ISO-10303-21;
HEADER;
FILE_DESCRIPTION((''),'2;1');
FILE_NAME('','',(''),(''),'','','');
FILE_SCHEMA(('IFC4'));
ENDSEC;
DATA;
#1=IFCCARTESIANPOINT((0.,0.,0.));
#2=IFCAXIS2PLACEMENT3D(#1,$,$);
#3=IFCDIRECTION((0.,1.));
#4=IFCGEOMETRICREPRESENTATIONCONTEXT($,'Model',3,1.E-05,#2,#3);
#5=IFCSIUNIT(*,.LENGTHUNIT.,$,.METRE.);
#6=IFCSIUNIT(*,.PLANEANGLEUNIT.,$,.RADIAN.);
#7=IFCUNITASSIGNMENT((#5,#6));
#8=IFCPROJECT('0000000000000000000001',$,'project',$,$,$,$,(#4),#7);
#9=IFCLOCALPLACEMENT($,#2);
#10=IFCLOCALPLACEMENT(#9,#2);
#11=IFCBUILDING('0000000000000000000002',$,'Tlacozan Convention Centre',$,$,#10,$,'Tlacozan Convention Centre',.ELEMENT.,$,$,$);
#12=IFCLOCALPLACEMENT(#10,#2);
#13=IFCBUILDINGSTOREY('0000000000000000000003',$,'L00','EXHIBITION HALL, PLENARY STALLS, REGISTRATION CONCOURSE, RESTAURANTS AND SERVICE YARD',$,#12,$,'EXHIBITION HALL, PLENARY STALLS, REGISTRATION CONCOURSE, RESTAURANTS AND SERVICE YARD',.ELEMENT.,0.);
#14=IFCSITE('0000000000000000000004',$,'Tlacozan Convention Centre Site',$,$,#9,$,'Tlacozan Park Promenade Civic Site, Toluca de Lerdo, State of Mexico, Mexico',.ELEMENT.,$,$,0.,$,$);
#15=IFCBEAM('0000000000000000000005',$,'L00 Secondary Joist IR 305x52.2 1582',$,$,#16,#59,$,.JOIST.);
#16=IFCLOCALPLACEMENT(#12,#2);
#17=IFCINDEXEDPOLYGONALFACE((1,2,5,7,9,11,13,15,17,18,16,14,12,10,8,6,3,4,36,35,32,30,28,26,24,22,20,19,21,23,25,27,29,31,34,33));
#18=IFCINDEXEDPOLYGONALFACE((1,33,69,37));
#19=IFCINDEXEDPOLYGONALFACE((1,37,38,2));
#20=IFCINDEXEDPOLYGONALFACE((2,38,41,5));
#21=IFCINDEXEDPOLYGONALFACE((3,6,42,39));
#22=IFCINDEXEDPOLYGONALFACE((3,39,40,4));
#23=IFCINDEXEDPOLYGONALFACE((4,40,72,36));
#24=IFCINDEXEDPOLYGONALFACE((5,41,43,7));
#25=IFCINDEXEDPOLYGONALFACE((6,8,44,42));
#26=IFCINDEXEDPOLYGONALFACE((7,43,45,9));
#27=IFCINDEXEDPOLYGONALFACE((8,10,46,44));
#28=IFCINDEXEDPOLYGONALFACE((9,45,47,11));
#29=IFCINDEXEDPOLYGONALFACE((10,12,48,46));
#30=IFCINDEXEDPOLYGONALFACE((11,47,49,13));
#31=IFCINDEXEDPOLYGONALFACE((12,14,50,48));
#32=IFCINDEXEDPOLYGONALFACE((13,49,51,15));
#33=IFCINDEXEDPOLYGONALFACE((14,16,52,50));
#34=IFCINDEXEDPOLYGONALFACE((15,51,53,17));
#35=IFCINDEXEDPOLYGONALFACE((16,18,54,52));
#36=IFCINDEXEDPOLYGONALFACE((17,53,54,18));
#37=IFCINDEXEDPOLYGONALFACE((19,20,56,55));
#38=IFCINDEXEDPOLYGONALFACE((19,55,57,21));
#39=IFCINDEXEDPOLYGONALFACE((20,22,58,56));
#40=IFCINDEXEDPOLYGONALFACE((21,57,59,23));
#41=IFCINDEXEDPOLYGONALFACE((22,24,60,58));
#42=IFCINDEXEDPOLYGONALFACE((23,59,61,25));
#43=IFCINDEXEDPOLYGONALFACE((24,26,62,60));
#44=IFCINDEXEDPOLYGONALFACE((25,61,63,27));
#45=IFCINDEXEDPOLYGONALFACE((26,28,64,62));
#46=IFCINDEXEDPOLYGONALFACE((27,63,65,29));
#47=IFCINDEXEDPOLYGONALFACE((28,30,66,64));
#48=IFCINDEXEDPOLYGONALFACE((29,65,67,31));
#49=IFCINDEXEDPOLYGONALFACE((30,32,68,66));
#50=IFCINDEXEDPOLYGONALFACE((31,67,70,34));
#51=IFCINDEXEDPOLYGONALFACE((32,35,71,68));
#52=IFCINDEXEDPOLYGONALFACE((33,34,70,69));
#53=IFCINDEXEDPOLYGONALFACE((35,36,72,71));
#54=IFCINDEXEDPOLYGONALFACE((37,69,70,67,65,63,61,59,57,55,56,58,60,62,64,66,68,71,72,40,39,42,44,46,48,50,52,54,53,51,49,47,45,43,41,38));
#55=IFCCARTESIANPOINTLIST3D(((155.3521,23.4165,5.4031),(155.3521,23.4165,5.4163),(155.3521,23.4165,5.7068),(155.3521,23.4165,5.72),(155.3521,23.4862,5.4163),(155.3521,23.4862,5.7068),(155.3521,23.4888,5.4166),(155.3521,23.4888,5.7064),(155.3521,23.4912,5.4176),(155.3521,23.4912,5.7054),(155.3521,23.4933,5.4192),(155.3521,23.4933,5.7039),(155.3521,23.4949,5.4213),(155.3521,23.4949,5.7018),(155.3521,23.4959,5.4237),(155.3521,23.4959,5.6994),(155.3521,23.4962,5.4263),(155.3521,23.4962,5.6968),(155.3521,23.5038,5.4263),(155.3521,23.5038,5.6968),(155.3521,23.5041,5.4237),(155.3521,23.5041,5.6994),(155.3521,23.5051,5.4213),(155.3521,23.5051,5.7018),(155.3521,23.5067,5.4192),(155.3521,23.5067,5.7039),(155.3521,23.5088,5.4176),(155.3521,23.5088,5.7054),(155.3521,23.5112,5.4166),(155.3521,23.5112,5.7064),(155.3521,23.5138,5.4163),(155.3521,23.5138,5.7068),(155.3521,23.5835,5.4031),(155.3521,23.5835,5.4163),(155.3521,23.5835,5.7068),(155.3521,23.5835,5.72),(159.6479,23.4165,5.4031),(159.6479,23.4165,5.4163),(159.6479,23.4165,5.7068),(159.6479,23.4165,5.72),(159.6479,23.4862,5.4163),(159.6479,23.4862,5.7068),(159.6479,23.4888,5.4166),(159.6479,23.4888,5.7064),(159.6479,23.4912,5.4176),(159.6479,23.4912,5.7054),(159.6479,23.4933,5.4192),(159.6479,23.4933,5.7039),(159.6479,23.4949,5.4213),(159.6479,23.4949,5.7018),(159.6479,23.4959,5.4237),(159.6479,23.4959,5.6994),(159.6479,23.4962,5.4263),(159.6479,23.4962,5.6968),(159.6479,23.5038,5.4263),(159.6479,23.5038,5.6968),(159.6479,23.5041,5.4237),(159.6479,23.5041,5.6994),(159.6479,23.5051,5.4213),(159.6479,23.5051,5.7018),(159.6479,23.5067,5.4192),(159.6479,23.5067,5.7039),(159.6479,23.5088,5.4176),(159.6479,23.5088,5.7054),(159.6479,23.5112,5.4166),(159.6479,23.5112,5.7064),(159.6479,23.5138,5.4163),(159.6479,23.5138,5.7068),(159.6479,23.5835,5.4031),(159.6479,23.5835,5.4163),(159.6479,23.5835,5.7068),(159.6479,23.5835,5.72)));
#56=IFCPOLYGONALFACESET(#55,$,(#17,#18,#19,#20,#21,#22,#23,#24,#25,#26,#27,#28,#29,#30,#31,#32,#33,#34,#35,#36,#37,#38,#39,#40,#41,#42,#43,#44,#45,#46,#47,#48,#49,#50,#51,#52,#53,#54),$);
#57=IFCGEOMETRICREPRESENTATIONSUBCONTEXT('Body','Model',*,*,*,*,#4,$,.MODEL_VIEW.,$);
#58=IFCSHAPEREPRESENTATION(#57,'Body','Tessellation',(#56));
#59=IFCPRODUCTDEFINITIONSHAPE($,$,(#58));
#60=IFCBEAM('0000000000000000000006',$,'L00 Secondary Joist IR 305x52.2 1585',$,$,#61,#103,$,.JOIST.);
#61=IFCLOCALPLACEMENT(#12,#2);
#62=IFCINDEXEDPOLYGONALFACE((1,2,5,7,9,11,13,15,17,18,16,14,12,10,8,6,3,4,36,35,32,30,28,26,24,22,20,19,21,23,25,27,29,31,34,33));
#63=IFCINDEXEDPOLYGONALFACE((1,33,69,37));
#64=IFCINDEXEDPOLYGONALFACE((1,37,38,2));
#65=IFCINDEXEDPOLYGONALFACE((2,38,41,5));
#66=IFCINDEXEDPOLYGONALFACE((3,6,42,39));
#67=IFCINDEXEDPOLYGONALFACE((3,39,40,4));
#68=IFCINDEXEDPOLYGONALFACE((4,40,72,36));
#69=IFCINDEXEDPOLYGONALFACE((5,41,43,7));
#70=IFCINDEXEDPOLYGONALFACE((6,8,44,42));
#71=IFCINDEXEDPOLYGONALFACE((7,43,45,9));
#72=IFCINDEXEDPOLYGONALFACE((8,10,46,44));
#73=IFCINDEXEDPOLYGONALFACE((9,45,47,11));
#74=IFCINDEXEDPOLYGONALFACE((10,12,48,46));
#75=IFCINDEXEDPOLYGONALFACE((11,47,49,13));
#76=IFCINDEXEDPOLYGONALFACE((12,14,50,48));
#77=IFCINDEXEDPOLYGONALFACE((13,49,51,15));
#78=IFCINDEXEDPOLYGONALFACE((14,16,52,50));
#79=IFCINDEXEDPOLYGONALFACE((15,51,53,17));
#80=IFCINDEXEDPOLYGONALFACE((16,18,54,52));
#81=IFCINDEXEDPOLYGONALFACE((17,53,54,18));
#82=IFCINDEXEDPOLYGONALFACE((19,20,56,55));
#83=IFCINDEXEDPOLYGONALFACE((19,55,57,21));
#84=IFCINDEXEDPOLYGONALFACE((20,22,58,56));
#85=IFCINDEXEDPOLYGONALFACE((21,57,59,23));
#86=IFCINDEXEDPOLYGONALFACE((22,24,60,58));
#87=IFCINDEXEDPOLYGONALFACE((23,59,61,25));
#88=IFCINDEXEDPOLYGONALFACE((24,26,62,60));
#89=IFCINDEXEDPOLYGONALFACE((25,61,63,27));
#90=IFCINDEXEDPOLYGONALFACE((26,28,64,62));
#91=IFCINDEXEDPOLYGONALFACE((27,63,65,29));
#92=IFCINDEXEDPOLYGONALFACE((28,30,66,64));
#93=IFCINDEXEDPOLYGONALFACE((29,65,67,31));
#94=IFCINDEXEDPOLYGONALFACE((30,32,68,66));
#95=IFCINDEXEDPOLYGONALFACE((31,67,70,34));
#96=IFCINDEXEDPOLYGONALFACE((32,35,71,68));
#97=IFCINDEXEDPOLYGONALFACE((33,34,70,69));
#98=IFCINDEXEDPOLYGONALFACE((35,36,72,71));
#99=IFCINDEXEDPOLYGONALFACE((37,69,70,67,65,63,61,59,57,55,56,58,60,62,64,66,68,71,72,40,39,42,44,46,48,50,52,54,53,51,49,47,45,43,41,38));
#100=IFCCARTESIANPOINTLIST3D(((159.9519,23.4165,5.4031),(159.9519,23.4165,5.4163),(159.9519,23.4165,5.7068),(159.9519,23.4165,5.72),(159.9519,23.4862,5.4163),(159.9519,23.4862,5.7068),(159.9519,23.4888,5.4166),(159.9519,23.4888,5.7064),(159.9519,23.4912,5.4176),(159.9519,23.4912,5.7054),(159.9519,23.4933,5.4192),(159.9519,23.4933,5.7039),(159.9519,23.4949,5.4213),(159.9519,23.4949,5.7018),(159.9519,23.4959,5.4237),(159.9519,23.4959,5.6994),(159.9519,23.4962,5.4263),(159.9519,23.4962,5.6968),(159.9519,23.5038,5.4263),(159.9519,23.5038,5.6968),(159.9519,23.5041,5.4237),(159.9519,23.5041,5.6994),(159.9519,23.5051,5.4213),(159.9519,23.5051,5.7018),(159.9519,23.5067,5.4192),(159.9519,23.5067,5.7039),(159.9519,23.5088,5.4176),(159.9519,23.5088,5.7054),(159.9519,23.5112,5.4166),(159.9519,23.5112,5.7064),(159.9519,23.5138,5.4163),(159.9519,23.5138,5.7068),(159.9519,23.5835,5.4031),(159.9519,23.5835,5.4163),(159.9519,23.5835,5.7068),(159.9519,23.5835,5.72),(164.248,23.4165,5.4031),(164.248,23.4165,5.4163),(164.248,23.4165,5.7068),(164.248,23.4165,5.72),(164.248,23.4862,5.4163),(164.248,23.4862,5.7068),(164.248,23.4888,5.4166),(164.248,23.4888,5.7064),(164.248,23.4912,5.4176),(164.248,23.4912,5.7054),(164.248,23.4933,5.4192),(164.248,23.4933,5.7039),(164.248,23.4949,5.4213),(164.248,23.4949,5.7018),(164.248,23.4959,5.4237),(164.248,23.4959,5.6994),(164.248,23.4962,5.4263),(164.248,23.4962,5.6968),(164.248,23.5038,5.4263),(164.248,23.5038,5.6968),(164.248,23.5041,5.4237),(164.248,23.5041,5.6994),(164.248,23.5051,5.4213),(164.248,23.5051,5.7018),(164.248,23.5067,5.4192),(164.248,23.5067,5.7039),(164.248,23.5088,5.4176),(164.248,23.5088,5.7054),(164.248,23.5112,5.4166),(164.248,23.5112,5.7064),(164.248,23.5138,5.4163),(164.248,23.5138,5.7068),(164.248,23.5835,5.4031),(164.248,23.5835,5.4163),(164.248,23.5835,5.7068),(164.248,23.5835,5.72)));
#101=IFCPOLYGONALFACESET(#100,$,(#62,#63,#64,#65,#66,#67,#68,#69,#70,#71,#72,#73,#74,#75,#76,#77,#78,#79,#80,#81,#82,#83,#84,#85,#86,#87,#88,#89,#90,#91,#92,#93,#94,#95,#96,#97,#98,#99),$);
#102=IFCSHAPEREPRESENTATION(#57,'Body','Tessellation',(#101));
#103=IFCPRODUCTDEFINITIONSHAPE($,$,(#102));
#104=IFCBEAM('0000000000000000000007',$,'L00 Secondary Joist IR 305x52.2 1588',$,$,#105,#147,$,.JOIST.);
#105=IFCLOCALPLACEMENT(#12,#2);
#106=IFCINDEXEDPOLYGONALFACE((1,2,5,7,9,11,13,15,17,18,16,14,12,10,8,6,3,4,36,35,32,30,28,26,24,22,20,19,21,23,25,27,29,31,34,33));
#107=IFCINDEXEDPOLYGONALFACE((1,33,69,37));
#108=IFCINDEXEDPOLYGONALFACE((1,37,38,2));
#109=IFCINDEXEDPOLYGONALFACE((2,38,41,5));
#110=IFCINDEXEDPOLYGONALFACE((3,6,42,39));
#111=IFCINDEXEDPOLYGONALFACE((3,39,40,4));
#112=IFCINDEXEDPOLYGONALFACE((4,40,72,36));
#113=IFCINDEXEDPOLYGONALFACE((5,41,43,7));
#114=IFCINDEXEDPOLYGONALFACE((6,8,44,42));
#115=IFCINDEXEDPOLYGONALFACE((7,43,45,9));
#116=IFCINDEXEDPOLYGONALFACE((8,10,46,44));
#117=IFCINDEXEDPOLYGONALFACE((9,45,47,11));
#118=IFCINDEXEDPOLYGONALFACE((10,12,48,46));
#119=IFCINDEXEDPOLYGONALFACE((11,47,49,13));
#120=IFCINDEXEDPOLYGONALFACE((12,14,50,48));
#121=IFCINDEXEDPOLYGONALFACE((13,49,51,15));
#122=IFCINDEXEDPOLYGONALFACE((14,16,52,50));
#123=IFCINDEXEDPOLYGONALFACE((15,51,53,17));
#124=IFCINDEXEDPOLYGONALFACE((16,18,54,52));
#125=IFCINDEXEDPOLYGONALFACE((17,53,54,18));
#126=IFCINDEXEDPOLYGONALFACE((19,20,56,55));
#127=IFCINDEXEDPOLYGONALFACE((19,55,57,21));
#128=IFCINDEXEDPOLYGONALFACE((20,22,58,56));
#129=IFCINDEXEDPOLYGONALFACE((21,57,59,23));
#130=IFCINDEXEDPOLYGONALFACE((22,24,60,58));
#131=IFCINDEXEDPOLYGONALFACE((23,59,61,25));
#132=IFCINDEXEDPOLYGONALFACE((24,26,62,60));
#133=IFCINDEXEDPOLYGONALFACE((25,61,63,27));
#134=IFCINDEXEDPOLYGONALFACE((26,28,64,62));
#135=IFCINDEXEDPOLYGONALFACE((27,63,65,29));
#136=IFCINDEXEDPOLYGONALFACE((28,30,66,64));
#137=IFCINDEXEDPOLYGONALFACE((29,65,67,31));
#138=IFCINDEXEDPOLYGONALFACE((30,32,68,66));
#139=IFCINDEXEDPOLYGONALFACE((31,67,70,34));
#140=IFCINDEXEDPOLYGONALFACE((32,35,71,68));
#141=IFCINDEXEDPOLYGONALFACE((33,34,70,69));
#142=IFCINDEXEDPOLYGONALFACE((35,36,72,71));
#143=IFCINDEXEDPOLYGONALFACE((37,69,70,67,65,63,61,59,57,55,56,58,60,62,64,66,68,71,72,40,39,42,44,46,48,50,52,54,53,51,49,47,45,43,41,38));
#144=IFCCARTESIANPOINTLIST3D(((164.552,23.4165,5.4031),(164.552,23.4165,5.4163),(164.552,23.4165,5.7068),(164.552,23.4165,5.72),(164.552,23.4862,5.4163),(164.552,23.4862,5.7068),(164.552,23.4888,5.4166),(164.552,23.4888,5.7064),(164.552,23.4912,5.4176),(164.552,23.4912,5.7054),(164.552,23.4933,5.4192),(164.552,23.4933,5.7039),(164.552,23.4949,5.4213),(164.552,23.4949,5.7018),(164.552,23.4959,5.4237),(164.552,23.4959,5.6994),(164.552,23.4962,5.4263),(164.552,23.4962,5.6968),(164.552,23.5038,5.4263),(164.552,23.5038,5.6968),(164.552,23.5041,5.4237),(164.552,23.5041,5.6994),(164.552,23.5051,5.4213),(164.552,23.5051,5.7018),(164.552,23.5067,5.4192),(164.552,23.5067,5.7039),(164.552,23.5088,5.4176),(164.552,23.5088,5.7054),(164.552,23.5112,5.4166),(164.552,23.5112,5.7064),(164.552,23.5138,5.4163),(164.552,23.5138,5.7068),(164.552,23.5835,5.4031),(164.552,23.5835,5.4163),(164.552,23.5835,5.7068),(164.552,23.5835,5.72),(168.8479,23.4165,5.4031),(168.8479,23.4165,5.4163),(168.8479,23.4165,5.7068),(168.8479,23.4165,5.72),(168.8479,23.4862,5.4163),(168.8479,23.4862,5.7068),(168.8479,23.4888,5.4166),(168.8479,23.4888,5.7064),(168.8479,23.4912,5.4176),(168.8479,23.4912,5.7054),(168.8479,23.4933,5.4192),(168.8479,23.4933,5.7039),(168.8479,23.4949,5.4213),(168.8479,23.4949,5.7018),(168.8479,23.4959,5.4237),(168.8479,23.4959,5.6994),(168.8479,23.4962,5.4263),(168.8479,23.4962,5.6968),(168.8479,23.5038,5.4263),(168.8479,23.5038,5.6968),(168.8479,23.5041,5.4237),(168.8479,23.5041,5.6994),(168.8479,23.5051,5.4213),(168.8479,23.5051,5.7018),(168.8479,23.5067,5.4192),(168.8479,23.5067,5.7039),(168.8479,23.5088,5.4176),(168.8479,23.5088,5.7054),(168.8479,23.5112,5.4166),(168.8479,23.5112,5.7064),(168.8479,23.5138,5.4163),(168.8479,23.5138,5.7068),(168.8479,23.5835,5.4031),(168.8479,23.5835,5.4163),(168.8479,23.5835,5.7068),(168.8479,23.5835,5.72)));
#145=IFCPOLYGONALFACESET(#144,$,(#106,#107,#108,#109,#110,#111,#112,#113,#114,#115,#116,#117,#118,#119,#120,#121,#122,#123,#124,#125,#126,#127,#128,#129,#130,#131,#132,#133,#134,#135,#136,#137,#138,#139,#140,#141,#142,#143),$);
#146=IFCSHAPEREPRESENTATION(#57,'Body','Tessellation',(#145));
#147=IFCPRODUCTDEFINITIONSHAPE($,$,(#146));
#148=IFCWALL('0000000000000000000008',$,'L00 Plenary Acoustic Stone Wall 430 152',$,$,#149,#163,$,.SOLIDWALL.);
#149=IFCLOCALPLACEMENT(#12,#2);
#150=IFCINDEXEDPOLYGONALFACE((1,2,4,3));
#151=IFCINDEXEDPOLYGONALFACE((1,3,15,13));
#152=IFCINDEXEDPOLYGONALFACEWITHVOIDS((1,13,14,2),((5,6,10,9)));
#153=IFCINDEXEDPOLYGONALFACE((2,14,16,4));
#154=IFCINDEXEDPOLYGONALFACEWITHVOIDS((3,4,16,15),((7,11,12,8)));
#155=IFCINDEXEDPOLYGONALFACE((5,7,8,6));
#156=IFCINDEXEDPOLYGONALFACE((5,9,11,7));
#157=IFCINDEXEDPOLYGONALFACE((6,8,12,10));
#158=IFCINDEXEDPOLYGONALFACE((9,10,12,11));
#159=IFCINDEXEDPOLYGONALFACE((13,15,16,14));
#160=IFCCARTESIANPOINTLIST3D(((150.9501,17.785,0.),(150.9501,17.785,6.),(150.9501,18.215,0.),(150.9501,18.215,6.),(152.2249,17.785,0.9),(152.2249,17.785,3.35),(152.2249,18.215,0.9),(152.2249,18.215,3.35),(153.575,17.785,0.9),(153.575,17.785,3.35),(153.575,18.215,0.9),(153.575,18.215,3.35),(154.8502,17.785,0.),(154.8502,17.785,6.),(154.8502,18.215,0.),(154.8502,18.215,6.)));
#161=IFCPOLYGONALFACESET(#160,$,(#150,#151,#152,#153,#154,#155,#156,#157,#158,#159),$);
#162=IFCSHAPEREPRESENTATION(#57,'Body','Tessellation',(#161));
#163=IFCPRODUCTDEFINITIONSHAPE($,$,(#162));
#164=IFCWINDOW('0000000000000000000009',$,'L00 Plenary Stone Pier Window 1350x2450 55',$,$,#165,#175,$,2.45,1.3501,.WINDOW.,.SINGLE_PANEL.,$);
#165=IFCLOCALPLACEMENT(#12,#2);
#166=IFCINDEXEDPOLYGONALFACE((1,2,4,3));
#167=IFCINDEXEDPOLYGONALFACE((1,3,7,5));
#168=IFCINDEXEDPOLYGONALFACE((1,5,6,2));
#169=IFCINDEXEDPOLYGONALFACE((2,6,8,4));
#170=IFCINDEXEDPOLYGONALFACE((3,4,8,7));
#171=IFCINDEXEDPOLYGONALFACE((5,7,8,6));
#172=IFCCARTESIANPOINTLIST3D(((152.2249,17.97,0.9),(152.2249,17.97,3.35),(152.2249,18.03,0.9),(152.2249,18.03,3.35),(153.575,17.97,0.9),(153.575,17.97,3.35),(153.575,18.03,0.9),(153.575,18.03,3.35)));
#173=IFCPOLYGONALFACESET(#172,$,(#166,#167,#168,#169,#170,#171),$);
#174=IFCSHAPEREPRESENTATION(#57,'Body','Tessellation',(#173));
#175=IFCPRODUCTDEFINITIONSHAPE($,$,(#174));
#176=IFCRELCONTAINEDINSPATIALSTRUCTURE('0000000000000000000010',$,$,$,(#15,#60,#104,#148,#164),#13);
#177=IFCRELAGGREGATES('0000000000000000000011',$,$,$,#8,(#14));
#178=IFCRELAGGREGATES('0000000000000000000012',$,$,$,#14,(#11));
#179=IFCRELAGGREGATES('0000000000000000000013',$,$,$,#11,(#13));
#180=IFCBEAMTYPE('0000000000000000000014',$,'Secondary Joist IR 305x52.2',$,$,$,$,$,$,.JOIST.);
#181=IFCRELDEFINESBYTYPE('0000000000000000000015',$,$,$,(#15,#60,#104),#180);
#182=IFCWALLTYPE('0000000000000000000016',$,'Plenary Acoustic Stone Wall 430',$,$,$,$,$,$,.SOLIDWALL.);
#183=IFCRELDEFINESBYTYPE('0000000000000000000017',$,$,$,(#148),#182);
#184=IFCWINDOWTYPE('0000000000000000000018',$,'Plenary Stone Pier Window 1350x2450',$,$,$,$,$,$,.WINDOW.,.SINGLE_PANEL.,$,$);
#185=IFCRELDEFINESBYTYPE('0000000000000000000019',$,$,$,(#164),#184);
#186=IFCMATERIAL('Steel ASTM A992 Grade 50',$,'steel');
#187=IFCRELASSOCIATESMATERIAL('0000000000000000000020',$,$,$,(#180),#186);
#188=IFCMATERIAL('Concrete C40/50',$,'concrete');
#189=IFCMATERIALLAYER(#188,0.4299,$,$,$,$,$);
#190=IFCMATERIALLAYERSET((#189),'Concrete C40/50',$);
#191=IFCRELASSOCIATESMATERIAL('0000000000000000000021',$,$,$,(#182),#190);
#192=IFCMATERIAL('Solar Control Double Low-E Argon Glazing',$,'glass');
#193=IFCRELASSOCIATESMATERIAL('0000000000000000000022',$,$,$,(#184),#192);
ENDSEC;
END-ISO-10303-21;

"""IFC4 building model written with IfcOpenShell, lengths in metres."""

from ifc_helpers import new_model, si_unit, direction, frame, frame_2d, origin, origin_2d, place, context, subcontext, project, spatial, rectangle, i_section, extrude, material, layer, layer_set, material_profile, profile_set, type_object, element, fill, save


model = new_model("IFC4")

# Units and contexts
model_context = context("Model", 3, precision=1e-05, world=origin(), true_north=direction((0.0, 1.0)))
body_context = subcontext(model_context, "Body", "Model", "MODEL_VIEW")
ifc_project = project(units=[si_unit("LENGTHUNIT", "METRE"), si_unit("PLANEANGLEUNIT", "RADIAN")], contexts=[model_context])

# Site, building, storey
site_placement = place(None, origin())
site = spatial("IfcSite", under=ifc_project, at=site_placement, Name="Tlacozan Convention Centre Site", LongName="Tlacozan Park Promenade Civic Site, Toluca de Lerdo, State of Mexico, Mexico", CompositionType="ELEMENT", RefElevation=0.0)
building_placement = place(site_placement, origin())
building = spatial("IfcBuilding", under=site, at=building_placement, Name="Tlacozan Convention Centre", LongName="Tlacozan Convention Centre", CompositionType="ELEMENT")
storey_placement = place(building_placement, origin())
storey = spatial("IfcBuildingStorey", under=building, at=storey_placement, Name="L00", Description="EXHIBITION HALL, PLENARY STALLS, REGISTRATION CONCOURSE, RESTAURANTS AND SERVICE YARD", LongName="EXHIBITION HALL, PLENARY STALLS, REGISTRATION CONCOURSE, RESTAURANTS AND SERVICE YARD", CompositionType="ELEMENT", Elevation=0.0)

# Shared definitions
ifc_material_1 = material(Name="Concrete C40/50", Category="concrete")

# Beams
ifc_material_2 = material(Name="Steel ASTM A992 Grade 50", Category="steel")
ifc_material_profile_1 = material_profile(ifc_material_2, i_section(OverallWidth=0.167, OverallDepth=0.3169, WebThickness=0.0076, FlangeThickness=0.0132, FilletRadius=0.01, at=origin_2d()), Name="IR 305x52.2")
ifc_profile_set_1 = profile_set([ifc_material_profile_1], Name="Steel ASTM A992 Grade 50")
beam_type_1 = type_object("IfcBeamType", Name="Secondary Joist IR 305x52.2", PredefinedType="JOIST", material=ifc_profile_set_1)
beam_1_placement = place(storey_placement, frame((155.3521, 23.5, 5.5615), z_axis=(1.0, 0.0, 0.0), x_axis=(0.0, 1.0, 0.0)))
element("IfcBeam", 1, at=beam_1_placement, inside=storey, type_object=beam_type_1, Name="L00 Secondary Joist IR 305x52.2 1582", PredefinedType="JOIST", context=body_context, shape_type="SweptSolid", body=[
    extrude(i_section(OverallWidth=0.167, OverallDepth=0.3169, WebThickness=0.0076, FlangeThickness=0.0132, FilletRadius=0.01, at=origin_2d()), origin(), (0.0, 0.0, 1.0), 4.2959),
])
beam_2_placement = place(storey_placement, frame((159.9519, 23.5, 5.5615), z_axis=(1.0, 0.0, 0.0), x_axis=(0.0, 1.0, 0.0)))
element("IfcBeam", 2, at=beam_2_placement, inside=storey, type_object=beam_type_1, Name="L00 Secondary Joist IR 305x52.2 1585", PredefinedType="JOIST", context=body_context, shape_type="SweptSolid", body=[
    extrude(i_section(OverallWidth=0.167, OverallDepth=0.3169, WebThickness=0.0076, FlangeThickness=0.0132, FilletRadius=0.01, at=origin_2d()), origin(), (0.0, 0.0, 1.0), 4.2961),
])
beam_3_placement = place(storey_placement, frame((164.552, 23.5, 5.5615), z_axis=(1.0, 0.0, 0.0), x_axis=(0.0, 1.0, 0.0)))
element("IfcBeam", 3, at=beam_3_placement, inside=storey, type_object=beam_type_1, Name="L00 Secondary Joist IR 305x52.2 1588", PredefinedType="JOIST", context=body_context, shape_type="SweptSolid", body=[
    extrude(i_section(OverallWidth=0.167, OverallDepth=0.3169, WebThickness=0.0076, FlangeThickness=0.0132, FilletRadius=0.01, at=origin_2d()), origin(), (0.0, 0.0, 1.0), 4.2959),
])

# Wall, opening, window
ifc_layer_1 = layer(ifc_material_1, 0.4299)
ifc_layer_set_1 = layer_set([ifc_layer_1], Name="Concrete C40/50")
wall_type_1 = type_object("IfcWallType", Name="Plenary Acoustic Stone Wall 430", PredefinedType="SOLIDWALL", material=ifc_layer_set_1)
wall_1_placement = place(storey_placement, frame((150.95, 18.0, 0.0), z_axis=(0.0, 0.0, 1.0), x_axis=(1.0, 0.0, 0.0)))
wall_1 = element("IfcWall", 4, at=wall_1_placement, inside=storey, type_object=wall_type_1, Name="L00 Plenary Acoustic Stone Wall 430 152", PredefinedType="SOLIDWALL", context=body_context, shape_type="SweptSolid", body=[
    extrude(rectangle(XDim=3.9001, YDim=0.4299, at=frame_2d((1.9502, 0.0))), origin(), (0.0, 0.0, 1.0), 6.0),
])
opening_1_placement = place(wall_1_placement, frame((1.2749, 0.0, 0.8999)))
opening_1 = element("IfcOpeningElement", 5, at=opening_1_placement, cuts=wall_1, PredefinedType="OPENING", context=body_context, shape_type="SweptSolid", body=[
    extrude(rectangle(XDim=1.3501, YDim=2.45, at=frame_2d((0.675, 1.2251))), frame((0.0, 0.2249, 0.0), z_axis=(0.0, -1.0, 0.0), x_axis=(1.0, 0.0, 0.0)), (0.0, 0.0, 1.0), 0.45),
])
ifc_material_3 = material(Name="Solar Control Double Low-E Argon Glazing", Category="glass")
window_type = type_object("IfcWindowType", Name="Plenary Stone Pier Window 1350x2450", PartitioningType="SINGLE_PANEL", PredefinedType="WINDOW", material=ifc_material_3)
window_placement = place(opening_1_placement, origin())
window = element("IfcWindow", 6, at=window_placement, inside=storey, type_object=window_type, Name="L00 Plenary Stone Pier Window 1350x2450 55", OverallHeight=2.45, OverallWidth=1.3501, PartitioningType="SINGLE_PANEL", PredefinedType="WINDOW", context=body_context, shape_type="SweptSolid", body=[
    extrude(rectangle(XDim=1.3501, YDim=2.45, at=frame_2d((0.675, 1.2251))), frame((0.0, 0.03, 0.0), z_axis=(0.0, -1.0, 0.0), x_axis=(1.0, 0.0, 0.0)), (0.0, 0.0, 1.0), 0.0601),
])
fill(opening_1, window)

save(model, "model.ifc")
